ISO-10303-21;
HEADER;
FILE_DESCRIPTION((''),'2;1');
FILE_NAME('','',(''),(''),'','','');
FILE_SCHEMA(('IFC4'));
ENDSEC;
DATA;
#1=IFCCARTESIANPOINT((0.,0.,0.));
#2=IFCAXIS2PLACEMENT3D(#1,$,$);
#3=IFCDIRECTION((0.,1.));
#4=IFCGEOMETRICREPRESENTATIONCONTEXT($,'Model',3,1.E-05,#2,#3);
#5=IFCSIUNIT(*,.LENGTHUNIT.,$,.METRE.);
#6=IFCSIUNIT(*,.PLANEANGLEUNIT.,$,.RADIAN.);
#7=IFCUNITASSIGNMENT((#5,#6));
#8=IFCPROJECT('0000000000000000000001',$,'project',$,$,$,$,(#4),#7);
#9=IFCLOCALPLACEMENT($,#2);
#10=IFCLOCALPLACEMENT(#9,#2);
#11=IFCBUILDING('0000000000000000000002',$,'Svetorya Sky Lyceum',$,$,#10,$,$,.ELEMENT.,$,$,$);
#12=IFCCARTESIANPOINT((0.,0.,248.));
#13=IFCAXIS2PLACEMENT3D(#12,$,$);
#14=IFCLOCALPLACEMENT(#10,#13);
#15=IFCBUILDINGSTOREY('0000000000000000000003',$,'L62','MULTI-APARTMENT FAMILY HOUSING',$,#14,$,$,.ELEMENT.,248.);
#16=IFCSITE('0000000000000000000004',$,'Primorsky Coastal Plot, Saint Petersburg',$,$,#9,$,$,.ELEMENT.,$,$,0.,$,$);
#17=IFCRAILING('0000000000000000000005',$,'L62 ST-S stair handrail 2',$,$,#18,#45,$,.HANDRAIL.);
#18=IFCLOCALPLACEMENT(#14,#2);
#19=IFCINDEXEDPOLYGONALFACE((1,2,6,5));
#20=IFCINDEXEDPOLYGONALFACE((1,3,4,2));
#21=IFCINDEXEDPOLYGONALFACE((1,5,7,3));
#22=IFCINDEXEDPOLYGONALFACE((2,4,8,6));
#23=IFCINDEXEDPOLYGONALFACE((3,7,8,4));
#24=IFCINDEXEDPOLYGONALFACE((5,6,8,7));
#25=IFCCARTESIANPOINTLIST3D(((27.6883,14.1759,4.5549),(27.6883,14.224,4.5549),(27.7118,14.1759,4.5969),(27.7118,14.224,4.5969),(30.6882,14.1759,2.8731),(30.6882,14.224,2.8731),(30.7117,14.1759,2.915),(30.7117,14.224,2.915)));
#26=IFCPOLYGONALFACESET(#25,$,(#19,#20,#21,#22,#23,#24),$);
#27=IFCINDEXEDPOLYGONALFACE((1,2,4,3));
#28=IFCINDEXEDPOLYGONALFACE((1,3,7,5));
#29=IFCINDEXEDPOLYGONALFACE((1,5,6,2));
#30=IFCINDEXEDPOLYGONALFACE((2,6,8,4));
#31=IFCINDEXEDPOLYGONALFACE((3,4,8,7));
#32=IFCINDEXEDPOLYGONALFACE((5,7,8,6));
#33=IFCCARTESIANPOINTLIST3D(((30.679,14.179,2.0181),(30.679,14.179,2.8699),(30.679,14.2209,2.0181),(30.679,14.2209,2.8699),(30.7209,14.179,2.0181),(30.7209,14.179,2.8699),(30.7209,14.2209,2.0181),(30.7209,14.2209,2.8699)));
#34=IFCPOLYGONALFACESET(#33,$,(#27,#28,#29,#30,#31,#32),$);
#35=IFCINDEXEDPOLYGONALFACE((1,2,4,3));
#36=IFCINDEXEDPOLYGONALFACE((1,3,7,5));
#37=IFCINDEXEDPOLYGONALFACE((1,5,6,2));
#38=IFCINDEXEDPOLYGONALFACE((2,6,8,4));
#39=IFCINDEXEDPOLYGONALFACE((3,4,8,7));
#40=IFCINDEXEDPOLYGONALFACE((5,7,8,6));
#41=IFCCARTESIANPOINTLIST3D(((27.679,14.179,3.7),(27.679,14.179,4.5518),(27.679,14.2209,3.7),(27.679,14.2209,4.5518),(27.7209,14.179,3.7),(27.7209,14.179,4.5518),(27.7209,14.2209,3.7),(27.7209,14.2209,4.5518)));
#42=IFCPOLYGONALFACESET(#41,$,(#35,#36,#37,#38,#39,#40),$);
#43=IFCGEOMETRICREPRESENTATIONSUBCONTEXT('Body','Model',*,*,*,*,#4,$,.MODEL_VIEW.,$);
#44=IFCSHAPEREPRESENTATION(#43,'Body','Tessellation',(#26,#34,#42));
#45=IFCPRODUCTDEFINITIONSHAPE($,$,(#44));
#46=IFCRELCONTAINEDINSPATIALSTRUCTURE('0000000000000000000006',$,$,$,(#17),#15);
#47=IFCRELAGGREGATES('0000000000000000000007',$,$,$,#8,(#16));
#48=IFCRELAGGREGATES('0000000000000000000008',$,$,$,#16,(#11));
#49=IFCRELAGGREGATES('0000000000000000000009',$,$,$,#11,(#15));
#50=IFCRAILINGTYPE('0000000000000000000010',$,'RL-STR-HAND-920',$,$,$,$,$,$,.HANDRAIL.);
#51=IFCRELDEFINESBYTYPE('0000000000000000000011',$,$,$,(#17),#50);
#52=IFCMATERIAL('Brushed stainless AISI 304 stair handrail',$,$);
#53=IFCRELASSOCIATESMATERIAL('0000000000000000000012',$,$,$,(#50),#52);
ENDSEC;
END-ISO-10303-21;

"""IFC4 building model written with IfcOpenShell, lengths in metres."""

from ifc_helpers import new_model, si_unit, direction, frame, origin, origin_2d, place, context, subcontext, project, spatial, rectangle, extrude, material, type_object, element, save


model = new_model("IFC4")

# Units and contexts
model_context = context("Model", 3, precision=1e-05, world=origin(), true_north=direction((0.0, 1.0)))
body_context = subcontext(model_context, "Body", "Model", "MODEL_VIEW")
ifc_project = project(units=[si_unit("LENGTHUNIT", "METRE"), si_unit("PLANEANGLEUNIT", "RADIAN")], contexts=[model_context])

# Site, building, storey
site_placement = place(None, origin())
site = spatial("IfcSite", under=ifc_project, at=site_placement, Name="Primorsky Coastal Plot, Saint Petersburg", CompositionType="ELEMENT", RefElevation=0.0)
building_placement = place(site_placement, origin())
building = spatial("IfcBuilding", under=site, at=building_placement, Name="Svetorya Sky Lyceum", CompositionType="ELEMENT")
storey_placement = place(building_placement, frame((0.0, 0.0, 248.0)))
storey = spatial("IfcBuildingStorey", under=building, at=storey_placement, Name="L62", Description="MULTI-APARTMENT FAMILY HOUSING", CompositionType="ELEMENT", Elevation=248.0)

# Railing
ifc_material_1 = material(Name="Brushed stainless AISI 304 stair handrail")
railing_type = type_object("IfcRailingType", Name="RL-STR-HAND-920", PredefinedType="HANDRAIL", material=ifc_material_1)
railing_placement = place(storey_placement, frame((30.7, 14.2, 2.0181)))
element("IfcRailing", 1, at=railing_placement, inside=storey, type_object=railing_type, Name="L62 ST-S stair handrail 2", PredefinedType="HANDRAIL", context=body_context, shape_type="SweptSolid", body=[
    extrude(rectangle(XDim=0.0481, YDim=0.0481, at=origin_2d()), frame((0.0, 0.0, 0.876), z_axis=(-0.872272, 0.0, 0.48902), x_axis=(0.0, -1.0, 0.0)), (0.0, 0.0, 1.0), 3.4392),
    extrude(rectangle(XDim=0.042, YDim=0.042, at=origin_2d()), origin(), (0.0, 0.0, 1.0), 0.8518),
    extrude(rectangle(XDim=0.042, YDim=0.042, at=origin_2d()), frame((-3.0, 0.0, 1.6819)), (0.0, 0.0, 1.0), 0.8518),
])

save(model, "model.ifc")
